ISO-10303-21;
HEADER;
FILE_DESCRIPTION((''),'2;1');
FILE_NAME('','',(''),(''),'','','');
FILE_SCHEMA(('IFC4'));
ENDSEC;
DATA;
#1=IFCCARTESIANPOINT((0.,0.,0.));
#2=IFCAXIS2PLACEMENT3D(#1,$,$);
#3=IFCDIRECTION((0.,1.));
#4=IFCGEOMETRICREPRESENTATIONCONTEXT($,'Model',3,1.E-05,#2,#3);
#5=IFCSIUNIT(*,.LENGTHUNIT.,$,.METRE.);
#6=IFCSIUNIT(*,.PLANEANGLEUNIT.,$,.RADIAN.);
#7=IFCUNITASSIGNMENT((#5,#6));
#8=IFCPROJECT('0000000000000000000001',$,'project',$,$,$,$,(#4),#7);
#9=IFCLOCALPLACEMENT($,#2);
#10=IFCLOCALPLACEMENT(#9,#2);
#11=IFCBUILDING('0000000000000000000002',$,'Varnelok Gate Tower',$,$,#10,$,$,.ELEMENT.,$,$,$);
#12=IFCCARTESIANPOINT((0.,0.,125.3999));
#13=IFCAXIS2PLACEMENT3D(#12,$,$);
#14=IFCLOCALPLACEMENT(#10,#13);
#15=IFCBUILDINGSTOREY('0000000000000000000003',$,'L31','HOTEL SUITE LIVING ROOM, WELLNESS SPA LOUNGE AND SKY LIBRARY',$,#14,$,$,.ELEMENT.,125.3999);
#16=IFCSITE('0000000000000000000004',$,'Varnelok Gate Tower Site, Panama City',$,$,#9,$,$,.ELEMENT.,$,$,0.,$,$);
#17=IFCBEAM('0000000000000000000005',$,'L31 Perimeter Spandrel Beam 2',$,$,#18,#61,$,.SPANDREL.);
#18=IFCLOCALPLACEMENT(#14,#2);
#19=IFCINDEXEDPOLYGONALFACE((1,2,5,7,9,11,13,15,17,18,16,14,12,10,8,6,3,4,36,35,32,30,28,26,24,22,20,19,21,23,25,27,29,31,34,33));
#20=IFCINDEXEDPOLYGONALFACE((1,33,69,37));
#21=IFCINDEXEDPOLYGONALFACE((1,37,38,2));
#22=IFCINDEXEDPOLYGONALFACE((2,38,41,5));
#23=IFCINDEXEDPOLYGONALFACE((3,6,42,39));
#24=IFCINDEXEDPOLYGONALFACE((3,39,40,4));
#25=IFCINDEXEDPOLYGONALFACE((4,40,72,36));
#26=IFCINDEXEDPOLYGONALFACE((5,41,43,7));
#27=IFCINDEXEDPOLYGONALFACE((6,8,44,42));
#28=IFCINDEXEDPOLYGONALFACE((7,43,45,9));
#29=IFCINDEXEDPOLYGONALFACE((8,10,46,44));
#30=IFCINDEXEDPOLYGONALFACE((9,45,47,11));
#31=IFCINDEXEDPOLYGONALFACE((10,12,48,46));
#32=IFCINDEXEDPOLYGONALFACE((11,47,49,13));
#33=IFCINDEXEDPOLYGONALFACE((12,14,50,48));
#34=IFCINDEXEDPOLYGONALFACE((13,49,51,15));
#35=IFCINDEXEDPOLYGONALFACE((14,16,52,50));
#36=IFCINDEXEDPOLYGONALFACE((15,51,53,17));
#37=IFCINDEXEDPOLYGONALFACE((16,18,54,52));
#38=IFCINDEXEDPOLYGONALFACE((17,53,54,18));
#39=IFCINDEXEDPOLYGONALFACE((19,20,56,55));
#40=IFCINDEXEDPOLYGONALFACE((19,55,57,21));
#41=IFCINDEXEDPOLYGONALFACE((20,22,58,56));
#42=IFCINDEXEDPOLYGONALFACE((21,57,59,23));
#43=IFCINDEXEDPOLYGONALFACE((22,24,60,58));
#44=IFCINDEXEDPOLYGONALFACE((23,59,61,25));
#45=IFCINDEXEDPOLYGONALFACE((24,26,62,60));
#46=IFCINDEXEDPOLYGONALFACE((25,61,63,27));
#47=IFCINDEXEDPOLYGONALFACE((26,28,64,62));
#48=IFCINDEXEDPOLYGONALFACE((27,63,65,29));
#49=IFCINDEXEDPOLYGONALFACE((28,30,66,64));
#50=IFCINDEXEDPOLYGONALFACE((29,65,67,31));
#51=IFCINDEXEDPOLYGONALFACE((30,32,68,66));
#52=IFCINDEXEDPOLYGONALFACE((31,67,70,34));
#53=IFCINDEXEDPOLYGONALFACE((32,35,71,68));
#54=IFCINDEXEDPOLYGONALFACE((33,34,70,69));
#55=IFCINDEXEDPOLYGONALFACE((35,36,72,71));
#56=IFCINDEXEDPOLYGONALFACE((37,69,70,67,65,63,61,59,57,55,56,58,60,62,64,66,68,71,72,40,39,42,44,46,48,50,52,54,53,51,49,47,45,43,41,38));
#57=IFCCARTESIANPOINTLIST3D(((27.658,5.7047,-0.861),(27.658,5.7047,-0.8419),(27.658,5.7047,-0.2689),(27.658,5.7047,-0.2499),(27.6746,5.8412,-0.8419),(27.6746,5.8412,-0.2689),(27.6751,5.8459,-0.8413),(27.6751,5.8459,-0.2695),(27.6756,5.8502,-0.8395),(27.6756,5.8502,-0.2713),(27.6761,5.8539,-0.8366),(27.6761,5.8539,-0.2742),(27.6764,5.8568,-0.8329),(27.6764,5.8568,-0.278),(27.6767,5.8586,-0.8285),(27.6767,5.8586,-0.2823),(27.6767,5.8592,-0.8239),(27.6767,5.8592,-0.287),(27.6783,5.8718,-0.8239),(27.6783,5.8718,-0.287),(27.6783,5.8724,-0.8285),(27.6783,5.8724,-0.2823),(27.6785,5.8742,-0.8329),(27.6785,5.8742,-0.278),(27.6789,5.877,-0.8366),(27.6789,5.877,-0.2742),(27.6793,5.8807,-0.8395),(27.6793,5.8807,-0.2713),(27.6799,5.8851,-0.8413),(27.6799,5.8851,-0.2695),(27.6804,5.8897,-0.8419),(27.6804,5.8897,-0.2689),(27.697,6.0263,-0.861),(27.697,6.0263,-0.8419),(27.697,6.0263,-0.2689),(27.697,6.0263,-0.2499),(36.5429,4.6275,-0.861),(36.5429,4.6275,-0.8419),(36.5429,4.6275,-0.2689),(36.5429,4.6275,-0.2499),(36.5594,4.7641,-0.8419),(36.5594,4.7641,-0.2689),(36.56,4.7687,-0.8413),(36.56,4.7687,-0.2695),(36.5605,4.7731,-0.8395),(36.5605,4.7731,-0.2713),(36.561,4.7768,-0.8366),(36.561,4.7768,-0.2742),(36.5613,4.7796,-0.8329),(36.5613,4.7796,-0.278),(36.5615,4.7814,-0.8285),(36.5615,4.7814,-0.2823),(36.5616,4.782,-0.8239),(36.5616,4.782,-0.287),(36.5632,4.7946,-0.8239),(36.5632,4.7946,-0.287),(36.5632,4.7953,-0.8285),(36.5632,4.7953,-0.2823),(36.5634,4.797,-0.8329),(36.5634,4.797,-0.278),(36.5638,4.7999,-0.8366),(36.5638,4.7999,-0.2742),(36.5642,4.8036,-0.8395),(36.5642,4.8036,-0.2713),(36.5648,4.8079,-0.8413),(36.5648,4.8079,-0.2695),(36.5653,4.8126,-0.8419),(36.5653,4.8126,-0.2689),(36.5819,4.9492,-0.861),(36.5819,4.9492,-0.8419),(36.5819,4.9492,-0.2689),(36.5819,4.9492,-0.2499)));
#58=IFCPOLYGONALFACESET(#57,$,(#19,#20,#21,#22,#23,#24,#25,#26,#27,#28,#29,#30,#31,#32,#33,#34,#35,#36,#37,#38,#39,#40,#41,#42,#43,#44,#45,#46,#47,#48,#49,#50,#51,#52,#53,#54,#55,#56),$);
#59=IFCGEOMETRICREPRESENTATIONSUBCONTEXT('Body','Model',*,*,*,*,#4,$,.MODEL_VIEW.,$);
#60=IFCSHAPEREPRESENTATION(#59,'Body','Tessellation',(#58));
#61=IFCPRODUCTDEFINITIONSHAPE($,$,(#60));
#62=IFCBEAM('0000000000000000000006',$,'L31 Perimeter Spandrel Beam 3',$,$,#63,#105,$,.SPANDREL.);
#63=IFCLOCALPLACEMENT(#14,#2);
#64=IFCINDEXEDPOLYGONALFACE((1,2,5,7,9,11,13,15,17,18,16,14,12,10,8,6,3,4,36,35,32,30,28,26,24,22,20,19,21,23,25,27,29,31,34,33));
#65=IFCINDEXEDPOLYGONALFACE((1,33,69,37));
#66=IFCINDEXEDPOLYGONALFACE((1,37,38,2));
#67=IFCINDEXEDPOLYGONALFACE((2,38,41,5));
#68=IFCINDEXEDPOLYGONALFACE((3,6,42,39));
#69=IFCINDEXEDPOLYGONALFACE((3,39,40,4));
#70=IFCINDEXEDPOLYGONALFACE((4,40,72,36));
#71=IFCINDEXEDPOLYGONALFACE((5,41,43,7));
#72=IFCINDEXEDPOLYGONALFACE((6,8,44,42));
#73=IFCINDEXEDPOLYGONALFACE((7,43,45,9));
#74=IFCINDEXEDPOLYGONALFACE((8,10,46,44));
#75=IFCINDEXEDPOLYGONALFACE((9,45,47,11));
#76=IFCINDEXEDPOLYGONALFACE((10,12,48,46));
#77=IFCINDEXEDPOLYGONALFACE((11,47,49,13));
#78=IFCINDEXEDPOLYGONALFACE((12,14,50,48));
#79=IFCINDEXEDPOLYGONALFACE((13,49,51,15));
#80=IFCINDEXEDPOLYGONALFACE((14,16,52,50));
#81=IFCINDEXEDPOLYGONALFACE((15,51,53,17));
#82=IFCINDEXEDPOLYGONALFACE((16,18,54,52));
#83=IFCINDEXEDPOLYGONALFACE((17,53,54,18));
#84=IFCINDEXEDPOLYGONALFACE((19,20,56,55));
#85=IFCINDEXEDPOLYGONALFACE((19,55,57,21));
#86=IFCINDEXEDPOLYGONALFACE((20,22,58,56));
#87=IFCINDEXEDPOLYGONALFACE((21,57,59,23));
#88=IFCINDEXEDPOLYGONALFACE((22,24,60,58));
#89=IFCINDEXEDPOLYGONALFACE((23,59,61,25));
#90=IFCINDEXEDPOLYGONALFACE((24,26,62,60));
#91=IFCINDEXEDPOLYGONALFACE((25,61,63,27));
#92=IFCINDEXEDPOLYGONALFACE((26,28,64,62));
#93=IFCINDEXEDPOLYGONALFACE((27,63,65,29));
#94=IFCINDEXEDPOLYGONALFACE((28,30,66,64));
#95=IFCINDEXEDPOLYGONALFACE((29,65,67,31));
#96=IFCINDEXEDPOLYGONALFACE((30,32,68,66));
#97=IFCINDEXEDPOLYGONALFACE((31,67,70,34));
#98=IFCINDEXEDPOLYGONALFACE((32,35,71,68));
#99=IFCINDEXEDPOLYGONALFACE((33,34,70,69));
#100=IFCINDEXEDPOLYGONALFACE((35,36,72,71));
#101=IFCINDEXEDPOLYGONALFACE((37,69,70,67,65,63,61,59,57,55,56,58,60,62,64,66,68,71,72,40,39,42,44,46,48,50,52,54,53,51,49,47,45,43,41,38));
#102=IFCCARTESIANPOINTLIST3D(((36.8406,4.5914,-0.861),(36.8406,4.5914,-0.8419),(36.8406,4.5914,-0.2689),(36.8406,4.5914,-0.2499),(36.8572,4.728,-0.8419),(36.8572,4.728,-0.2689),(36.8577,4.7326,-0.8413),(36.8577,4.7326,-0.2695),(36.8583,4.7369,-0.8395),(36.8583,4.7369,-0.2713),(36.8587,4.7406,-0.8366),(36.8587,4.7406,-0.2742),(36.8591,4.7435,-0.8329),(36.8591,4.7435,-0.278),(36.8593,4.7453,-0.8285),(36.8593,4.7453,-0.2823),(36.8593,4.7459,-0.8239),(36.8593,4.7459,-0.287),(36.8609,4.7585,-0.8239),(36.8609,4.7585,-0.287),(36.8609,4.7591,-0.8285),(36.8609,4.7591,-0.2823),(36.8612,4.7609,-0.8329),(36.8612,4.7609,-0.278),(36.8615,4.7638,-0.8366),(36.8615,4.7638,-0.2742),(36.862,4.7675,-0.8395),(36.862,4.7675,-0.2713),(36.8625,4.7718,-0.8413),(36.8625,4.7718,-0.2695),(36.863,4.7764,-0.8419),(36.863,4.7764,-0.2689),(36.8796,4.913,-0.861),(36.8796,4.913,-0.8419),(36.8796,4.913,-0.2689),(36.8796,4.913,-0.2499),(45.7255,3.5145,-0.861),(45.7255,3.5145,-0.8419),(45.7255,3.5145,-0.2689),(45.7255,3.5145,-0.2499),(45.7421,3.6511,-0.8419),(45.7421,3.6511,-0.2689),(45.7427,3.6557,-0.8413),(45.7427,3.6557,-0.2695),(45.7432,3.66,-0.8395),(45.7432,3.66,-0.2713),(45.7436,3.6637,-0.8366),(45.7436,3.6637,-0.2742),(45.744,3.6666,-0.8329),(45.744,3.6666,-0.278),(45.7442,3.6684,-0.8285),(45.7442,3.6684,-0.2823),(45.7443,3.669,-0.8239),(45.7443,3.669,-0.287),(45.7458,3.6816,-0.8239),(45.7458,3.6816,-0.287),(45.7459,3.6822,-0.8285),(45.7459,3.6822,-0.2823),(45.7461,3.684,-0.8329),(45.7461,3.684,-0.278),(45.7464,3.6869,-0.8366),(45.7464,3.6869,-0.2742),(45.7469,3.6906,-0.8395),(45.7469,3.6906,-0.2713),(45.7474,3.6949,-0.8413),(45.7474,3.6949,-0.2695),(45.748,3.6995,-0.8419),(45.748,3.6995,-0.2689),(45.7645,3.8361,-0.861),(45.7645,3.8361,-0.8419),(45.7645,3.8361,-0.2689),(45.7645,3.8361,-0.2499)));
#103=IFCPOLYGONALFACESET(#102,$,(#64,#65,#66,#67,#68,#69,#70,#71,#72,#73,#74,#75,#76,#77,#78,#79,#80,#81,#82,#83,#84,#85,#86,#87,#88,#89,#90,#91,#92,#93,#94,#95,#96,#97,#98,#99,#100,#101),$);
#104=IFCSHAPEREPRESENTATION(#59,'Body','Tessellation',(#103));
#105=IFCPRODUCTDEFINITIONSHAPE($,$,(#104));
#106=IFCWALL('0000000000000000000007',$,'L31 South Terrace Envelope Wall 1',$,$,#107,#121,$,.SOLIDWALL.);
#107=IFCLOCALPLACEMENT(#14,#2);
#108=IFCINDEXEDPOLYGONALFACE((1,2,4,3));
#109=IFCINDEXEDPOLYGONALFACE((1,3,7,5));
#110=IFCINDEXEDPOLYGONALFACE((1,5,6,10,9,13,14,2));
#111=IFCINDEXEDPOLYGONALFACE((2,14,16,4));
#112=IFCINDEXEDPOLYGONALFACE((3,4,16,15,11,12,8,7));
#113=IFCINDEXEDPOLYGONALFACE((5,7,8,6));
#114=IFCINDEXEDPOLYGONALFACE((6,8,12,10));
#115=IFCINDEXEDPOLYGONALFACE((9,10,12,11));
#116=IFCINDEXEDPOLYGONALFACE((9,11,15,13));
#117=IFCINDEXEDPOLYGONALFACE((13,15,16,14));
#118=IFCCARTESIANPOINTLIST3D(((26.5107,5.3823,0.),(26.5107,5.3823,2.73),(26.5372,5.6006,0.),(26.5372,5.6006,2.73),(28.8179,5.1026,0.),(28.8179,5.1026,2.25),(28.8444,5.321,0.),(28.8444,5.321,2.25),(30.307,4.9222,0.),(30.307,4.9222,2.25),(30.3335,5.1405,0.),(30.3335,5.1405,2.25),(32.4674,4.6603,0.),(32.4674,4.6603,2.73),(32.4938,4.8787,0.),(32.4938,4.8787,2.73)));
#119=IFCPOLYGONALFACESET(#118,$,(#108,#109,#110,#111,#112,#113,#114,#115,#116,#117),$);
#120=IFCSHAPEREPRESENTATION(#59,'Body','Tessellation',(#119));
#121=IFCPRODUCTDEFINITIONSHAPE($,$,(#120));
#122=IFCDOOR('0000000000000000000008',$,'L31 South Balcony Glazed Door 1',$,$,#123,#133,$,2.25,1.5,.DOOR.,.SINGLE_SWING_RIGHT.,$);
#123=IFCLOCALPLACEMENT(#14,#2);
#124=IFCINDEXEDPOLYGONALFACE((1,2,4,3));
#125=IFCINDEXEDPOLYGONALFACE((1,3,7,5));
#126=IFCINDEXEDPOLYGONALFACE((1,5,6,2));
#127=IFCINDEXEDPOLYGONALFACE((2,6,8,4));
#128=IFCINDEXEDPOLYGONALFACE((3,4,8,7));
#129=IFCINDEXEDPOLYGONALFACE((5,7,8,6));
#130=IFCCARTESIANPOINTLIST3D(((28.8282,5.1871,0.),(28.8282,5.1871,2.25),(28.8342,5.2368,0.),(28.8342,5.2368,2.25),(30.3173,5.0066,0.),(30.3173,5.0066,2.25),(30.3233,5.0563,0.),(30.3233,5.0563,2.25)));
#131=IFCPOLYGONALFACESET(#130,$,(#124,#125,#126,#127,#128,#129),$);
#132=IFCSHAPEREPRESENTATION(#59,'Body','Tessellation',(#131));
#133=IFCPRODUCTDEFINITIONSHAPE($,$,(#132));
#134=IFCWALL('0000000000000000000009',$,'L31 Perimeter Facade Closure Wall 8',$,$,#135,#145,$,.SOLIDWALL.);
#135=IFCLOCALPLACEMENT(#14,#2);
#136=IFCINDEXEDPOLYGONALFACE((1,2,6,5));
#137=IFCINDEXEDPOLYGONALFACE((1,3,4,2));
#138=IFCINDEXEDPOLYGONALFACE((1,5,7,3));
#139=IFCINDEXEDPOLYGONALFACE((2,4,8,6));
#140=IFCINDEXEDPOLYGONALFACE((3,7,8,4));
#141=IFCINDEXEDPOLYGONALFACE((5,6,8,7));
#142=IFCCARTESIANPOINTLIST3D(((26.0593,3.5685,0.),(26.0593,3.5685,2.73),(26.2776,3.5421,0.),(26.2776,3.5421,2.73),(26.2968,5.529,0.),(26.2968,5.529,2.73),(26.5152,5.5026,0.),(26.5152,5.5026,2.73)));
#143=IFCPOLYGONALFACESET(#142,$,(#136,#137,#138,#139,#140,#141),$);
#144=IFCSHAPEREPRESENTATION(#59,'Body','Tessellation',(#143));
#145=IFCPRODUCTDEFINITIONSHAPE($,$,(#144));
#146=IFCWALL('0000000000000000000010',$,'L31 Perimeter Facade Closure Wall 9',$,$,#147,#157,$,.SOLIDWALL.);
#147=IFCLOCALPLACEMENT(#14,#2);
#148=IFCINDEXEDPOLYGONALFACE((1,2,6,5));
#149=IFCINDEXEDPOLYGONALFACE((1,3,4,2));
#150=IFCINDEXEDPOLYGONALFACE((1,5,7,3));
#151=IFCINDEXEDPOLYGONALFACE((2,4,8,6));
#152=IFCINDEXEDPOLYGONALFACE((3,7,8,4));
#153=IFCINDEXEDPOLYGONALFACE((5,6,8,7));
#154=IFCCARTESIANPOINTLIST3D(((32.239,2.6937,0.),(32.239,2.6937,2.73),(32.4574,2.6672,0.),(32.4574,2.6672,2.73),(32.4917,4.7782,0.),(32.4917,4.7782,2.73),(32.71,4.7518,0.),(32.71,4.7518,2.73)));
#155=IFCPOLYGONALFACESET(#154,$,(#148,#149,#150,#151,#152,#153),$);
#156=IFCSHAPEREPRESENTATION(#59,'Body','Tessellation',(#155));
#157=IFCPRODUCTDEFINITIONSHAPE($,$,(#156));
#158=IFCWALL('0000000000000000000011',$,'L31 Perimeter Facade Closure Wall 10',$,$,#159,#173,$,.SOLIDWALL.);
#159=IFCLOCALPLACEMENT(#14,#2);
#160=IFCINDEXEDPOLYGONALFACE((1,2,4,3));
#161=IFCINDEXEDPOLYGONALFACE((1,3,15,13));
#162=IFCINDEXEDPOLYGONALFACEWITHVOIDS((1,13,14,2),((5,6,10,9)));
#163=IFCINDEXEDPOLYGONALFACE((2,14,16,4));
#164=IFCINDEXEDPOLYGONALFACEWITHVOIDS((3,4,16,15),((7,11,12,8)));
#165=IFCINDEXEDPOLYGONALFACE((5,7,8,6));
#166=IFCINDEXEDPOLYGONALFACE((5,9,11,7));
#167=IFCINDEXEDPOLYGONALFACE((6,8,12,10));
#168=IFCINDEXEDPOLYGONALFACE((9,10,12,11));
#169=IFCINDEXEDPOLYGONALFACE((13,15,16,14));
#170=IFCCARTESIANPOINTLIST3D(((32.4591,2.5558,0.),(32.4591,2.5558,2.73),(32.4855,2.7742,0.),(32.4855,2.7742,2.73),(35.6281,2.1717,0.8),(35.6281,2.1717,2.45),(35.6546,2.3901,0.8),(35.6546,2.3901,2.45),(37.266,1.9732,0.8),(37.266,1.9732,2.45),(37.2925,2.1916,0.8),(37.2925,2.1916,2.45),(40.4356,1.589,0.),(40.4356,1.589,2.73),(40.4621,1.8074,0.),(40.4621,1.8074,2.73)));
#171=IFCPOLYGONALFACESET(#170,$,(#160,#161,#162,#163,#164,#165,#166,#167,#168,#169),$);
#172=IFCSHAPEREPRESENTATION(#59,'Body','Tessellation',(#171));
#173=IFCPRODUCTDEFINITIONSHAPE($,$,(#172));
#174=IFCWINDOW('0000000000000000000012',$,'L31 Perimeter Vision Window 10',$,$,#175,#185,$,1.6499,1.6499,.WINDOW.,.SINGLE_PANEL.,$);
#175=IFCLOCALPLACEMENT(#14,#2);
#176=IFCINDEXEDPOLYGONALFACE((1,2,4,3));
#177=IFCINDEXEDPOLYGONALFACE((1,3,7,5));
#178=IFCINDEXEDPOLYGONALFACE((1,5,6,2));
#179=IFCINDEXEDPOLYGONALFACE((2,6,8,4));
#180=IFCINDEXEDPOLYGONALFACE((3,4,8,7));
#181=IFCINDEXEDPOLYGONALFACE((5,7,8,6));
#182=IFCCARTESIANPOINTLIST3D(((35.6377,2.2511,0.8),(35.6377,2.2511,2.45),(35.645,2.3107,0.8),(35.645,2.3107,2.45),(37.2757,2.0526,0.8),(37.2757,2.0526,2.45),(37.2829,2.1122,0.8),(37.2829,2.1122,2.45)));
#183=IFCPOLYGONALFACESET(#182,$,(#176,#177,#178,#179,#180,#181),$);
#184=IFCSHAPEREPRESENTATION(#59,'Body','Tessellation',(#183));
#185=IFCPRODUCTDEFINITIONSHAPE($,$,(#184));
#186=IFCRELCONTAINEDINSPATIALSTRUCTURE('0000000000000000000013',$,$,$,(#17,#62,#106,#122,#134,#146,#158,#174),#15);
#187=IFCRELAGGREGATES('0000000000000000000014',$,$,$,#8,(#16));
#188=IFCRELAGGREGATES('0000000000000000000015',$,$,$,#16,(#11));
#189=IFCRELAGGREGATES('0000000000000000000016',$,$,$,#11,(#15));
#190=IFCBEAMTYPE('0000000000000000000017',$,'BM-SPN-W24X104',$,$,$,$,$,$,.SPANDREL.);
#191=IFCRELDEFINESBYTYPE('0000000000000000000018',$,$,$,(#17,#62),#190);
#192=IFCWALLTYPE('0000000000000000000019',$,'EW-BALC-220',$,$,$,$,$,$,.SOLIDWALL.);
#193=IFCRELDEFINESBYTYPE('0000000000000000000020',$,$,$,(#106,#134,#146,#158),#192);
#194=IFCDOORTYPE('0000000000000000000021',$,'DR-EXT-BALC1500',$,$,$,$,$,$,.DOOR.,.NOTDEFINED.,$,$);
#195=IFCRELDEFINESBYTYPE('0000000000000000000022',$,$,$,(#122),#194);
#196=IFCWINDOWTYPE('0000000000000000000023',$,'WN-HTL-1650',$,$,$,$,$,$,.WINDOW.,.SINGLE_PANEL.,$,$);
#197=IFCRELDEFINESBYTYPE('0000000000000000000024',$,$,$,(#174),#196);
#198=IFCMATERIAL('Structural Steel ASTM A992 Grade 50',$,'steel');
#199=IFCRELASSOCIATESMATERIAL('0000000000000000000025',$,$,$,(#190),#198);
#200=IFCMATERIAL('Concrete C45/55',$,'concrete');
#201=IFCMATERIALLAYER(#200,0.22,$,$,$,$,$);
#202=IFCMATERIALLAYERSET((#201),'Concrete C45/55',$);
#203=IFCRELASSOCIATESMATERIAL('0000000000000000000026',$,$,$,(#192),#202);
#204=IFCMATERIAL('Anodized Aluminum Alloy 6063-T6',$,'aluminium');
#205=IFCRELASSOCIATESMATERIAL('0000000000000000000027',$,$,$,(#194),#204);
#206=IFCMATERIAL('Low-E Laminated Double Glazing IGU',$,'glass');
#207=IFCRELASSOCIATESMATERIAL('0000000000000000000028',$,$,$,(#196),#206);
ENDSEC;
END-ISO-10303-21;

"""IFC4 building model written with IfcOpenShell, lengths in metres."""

from ifc_helpers import new_model, si_unit, direction, frame, frame_2d, origin, origin_2d, place, context, subcontext, project, spatial, rectangle, i_section, extrude, material, layer, layer_set, material_profile, profile_set, type_object, element, fill, save


model = new_model("IFC4")

# Units and contexts
model_context = context("Model", 3, precision=1e-05, world=origin(), true_north=direction((0.0, 1.0)))
body_context = subcontext(model_context, "Body", "Model", "MODEL_VIEW")
ifc_project = project(units=[si_unit("LENGTHUNIT", "METRE"), si_unit("PLANEANGLEUNIT", "RADIAN")], contexts=[model_context])

# Site, building, storey
site_placement = place(None, origin())
site = spatial("IfcSite", under=ifc_project, at=site_placement, Name="Varnelok Gate Tower Site, Panama City", CompositionType="ELEMENT", RefElevation=0.0)
building_placement = place(site_placement, origin())
building = spatial("IfcBuilding", under=site, at=building_placement, Name="Varnelok Gate Tower", CompositionType="ELEMENT")
storey_placement = place(building_placement, frame((0.0, 0.0, 125.3999)))
storey = spatial("IfcBuildingStorey", under=building, at=storey_placement, Name="L31", Description="HOTEL SUITE LIVING ROOM, WELLNESS SPA LOUNGE AND SKY LIBRARY", CompositionType="ELEMENT", Elevation=125.3999)

# Shared definitions
ifc_material_1 = material(Name="Structural Steel ASTM A992 Grade 50", Category="steel")

# Beams
ifc_material_profile_1 = material_profile(ifc_material_1, i_section(OverallWidth=0.324, OverallDepth=0.6111, WebThickness=0.0127, FlangeThickness=0.019, FilletRadius=0.0181, at=origin_2d()), Name="W24X104")
ifc_profile_set_1 = profile_set([ifc_material_profile_1], Name="Structural Steel ASTM A992 Grade 50")
beam_type_1 = type_object("IfcBeamType", Name="BM-SPN-W24X104", PredefinedType="SPANDREL", material=ifc_profile_set_1)
for number, where, z_axis, x_axis, name in (
    (1, (27.6775, 5.8655, -0.5554), (0.992731, -0.120351, 0.0), (0.120351, 0.992731, 0.0), "L31 Perimeter Spandrel Beam 2"),
    (2, (36.8601, 4.7522, -0.5554), (0.992735, -0.120324, 0.0), (0.120324, 0.992735, 0.0), "L31 Perimeter Spandrel Beam 3"),
):
    element("IfcBeam", number, at=place(storey_placement, frame(where, z_axis=z_axis, x_axis=x_axis)), inside=storey, type_object=beam_type_1, Name=name, PredefinedType="SPANDREL", context=body_context, shape_type="SweptSolid", body=[
        extrude(i_section(OverallWidth=0.324, OverallDepth=0.6111, WebThickness=0.0127, FlangeThickness=0.019, FilletRadius=0.0181, at=origin_2d()), origin(), (0.0, 0.0, 1.0), 8.95),
    ])

# Wall, opening, door
ifc_material_2 = material(Name="Concrete C45/55", Category="concrete")
ifc_layer_1 = layer(ifc_material_2, 0.22)
ifc_layer_set_1 = layer_set([ifc_layer_1], Name="Concrete C45/55")
wall_type_1 = type_object("IfcWallType", Name="EW-BALC-220", PredefinedType="SOLIDWALL", material=ifc_layer_set_1)
wall_1_placement = place(storey_placement, frame((32.4805, 4.7695, 0.0), z_axis=(0.0, 0.0, 1.0), x_axis=(-0.992735, 0.120318, 0.0)))
wall_1 = element("IfcWall", 3, at=wall_1_placement, inside=storey, type_object=wall_type_1, Name="L31 South Terrace Envelope Wall 1", PredefinedType="SOLIDWALL", context=body_context, shape_type="SweptSolid", body=[
    extrude(rectangle(XDim=6.0002, YDim=0.22, at=frame_2d((3.0, 0.0))), origin(), (0.0, 0.0, 1.0), 2.73),
])
opening_1_placement = place(wall_1_placement, frame((2.176, 0.0, 0.0)))
opening_1 = element("IfcOpeningElement", 4, at=opening_1_placement, cuts=wall_1, PredefinedType="OPENING", context=body_context, shape_type="SweptSolid", body=[
    extrude(rectangle(XDim=1.5, YDim=2.25, at=frame_2d((0.75, 1.125))), frame((0.0, 0.1199, 0.0), z_axis=(0.0, -1.0, 0.0), x_axis=(1.0, 0.0, 0.0)), (0.0, 0.0, 1.0), 0.24),
])
ifc_material_3 = material(Name="Anodized Aluminum Alloy 6063-T6", Category="aluminium")
door_type_1 = type_object("IfcDoorType", Name="DR-EXT-BALC1500", OperationType="NOTDEFINED", PredefinedType="DOOR", material=ifc_material_3)
door_1_placement = place(opening_1_placement, origin())
door_1 = element("IfcDoor", 5, at=door_1_placement, inside=storey, type_object=door_type_1, Name="L31 South Balcony Glazed Door 1", OperationType="SINGLE_SWING_RIGHT", OverallHeight=2.25, OverallWidth=1.5, PredefinedType="DOOR", context=body_context, shape_type="SweptSolid", body=[
    extrude(rectangle(XDim=1.5, YDim=2.25, at=frame_2d((0.75, 1.125))), frame((0.0, 0.0249, 0.0), z_axis=(0.0, -1.0, 0.0), x_axis=(1.0, 0.0, 0.0)), (0.0, 0.0, 1.0), 0.05),
])
fill(opening_1, door_1)

# Walls
wall_2_placement = place(storey_placement, frame((26.1685, 3.5554, 0.0), z_axis=(0.0, 0.0, 1.0), x_axis=(0.120291, 0.992739, 0.0)))
element("IfcWall", 6, at=wall_2_placement, inside=storey, type_object=wall_type_1, Name="L31 Perimeter Facade Closure Wall 8", PredefinedType="SOLIDWALL", context=body_context, shape_type="SweptSolid", body=[
    extrude(rectangle(XDim=1.9749, YDim=0.22, at=frame_2d((0.9873, 0.0))), origin(), (0.0, 0.0, 1.0), 2.73),
])
wall_3_placement = place(storey_placement, frame((32.6008, 4.7649, 0.0), z_axis=(0.0, 0.0, 1.0), x_axis=(-0.120328, -0.992734, 0.0)))
element("IfcWall", 7, at=wall_3_placement, inside=storey, type_object=wall_type_1, Name="L31 Perimeter Facade Closure Wall 9", PredefinedType="SOLIDWALL", context=body_context, shape_type="SweptSolid", body=[
    extrude(rectangle(XDim=2.0999, YDim=0.22, at=frame_2d((1.0498, 0.0))), origin(), (0.0, 0.0, 1.0), 2.73),
])

# Wall, opening, window
wall_4_placement = place(storey_placement, frame((32.4722, 2.665, 0.0), z_axis=(0.0, 0.0, 1.0), x_axis=(0.992735, -0.120324, 0.0)))
wall_4 = element("IfcWall", 8, at=wall_4_placement, inside=storey, type_object=wall_type_1, Name="L31 Perimeter Facade Closure Wall 10", PredefinedType="SOLIDWALL", context=body_context, shape_type="SweptSolid", body=[
    extrude(rectangle(XDim=8.0349, YDim=0.22, at=frame_2d((4.0176, 0.0))), origin(), (0.0, 0.0, 1.0), 2.73),
])
opening_2_placement = place(wall_4_placement, frame((3.1924, 0.0, 0.8)))
opening_2 = element("IfcOpeningElement", 9, at=opening_2_placement, cuts=wall_4, PredefinedType="OPENING", context=body_context, shape_type="SweptSolid", body=[
    extrude(rectangle(XDim=1.6499, YDim=1.6499, at=frame_2d((0.825, 0.825))), frame((0.0, 0.1199, 0.0), z_axis=(0.0, -1.0, 0.0), x_axis=(1.0, 0.0, 0.0)), (0.0, 0.0, 1.0), 0.24),
])
ifc_material_4 = material(Name="Low-E Laminated Double Glazing IGU", Category="glass")
window_type = type_object("IfcWindowType", Name="WN-HTL-1650", PartitioningType="SINGLE_PANEL", PredefinedType="WINDOW", material=ifc_material_4)
window_placement = place(opening_2_placement, origin())
window = element("IfcWindow", 10, at=window_placement, inside=storey, type_object=window_type, Name="L31 Perimeter Vision Window 10", OverallHeight=1.6499, OverallWidth=1.6499, PartitioningType="SINGLE_PANEL", PredefinedType="WINDOW", context=body_context, shape_type="SweptSolid", body=[
    extrude(rectangle(XDim=1.6499, YDim=1.6499, at=frame_2d((0.825, 0.825))), frame((0.0, 0.03, 0.0), z_axis=(0.0, -1.0, 0.0), x_axis=(1.0, 0.0, 0.0)), (0.0, 0.0, 1.0), 0.0601),
])
fill(opening_2, window)

save(model, "model.ifc")
